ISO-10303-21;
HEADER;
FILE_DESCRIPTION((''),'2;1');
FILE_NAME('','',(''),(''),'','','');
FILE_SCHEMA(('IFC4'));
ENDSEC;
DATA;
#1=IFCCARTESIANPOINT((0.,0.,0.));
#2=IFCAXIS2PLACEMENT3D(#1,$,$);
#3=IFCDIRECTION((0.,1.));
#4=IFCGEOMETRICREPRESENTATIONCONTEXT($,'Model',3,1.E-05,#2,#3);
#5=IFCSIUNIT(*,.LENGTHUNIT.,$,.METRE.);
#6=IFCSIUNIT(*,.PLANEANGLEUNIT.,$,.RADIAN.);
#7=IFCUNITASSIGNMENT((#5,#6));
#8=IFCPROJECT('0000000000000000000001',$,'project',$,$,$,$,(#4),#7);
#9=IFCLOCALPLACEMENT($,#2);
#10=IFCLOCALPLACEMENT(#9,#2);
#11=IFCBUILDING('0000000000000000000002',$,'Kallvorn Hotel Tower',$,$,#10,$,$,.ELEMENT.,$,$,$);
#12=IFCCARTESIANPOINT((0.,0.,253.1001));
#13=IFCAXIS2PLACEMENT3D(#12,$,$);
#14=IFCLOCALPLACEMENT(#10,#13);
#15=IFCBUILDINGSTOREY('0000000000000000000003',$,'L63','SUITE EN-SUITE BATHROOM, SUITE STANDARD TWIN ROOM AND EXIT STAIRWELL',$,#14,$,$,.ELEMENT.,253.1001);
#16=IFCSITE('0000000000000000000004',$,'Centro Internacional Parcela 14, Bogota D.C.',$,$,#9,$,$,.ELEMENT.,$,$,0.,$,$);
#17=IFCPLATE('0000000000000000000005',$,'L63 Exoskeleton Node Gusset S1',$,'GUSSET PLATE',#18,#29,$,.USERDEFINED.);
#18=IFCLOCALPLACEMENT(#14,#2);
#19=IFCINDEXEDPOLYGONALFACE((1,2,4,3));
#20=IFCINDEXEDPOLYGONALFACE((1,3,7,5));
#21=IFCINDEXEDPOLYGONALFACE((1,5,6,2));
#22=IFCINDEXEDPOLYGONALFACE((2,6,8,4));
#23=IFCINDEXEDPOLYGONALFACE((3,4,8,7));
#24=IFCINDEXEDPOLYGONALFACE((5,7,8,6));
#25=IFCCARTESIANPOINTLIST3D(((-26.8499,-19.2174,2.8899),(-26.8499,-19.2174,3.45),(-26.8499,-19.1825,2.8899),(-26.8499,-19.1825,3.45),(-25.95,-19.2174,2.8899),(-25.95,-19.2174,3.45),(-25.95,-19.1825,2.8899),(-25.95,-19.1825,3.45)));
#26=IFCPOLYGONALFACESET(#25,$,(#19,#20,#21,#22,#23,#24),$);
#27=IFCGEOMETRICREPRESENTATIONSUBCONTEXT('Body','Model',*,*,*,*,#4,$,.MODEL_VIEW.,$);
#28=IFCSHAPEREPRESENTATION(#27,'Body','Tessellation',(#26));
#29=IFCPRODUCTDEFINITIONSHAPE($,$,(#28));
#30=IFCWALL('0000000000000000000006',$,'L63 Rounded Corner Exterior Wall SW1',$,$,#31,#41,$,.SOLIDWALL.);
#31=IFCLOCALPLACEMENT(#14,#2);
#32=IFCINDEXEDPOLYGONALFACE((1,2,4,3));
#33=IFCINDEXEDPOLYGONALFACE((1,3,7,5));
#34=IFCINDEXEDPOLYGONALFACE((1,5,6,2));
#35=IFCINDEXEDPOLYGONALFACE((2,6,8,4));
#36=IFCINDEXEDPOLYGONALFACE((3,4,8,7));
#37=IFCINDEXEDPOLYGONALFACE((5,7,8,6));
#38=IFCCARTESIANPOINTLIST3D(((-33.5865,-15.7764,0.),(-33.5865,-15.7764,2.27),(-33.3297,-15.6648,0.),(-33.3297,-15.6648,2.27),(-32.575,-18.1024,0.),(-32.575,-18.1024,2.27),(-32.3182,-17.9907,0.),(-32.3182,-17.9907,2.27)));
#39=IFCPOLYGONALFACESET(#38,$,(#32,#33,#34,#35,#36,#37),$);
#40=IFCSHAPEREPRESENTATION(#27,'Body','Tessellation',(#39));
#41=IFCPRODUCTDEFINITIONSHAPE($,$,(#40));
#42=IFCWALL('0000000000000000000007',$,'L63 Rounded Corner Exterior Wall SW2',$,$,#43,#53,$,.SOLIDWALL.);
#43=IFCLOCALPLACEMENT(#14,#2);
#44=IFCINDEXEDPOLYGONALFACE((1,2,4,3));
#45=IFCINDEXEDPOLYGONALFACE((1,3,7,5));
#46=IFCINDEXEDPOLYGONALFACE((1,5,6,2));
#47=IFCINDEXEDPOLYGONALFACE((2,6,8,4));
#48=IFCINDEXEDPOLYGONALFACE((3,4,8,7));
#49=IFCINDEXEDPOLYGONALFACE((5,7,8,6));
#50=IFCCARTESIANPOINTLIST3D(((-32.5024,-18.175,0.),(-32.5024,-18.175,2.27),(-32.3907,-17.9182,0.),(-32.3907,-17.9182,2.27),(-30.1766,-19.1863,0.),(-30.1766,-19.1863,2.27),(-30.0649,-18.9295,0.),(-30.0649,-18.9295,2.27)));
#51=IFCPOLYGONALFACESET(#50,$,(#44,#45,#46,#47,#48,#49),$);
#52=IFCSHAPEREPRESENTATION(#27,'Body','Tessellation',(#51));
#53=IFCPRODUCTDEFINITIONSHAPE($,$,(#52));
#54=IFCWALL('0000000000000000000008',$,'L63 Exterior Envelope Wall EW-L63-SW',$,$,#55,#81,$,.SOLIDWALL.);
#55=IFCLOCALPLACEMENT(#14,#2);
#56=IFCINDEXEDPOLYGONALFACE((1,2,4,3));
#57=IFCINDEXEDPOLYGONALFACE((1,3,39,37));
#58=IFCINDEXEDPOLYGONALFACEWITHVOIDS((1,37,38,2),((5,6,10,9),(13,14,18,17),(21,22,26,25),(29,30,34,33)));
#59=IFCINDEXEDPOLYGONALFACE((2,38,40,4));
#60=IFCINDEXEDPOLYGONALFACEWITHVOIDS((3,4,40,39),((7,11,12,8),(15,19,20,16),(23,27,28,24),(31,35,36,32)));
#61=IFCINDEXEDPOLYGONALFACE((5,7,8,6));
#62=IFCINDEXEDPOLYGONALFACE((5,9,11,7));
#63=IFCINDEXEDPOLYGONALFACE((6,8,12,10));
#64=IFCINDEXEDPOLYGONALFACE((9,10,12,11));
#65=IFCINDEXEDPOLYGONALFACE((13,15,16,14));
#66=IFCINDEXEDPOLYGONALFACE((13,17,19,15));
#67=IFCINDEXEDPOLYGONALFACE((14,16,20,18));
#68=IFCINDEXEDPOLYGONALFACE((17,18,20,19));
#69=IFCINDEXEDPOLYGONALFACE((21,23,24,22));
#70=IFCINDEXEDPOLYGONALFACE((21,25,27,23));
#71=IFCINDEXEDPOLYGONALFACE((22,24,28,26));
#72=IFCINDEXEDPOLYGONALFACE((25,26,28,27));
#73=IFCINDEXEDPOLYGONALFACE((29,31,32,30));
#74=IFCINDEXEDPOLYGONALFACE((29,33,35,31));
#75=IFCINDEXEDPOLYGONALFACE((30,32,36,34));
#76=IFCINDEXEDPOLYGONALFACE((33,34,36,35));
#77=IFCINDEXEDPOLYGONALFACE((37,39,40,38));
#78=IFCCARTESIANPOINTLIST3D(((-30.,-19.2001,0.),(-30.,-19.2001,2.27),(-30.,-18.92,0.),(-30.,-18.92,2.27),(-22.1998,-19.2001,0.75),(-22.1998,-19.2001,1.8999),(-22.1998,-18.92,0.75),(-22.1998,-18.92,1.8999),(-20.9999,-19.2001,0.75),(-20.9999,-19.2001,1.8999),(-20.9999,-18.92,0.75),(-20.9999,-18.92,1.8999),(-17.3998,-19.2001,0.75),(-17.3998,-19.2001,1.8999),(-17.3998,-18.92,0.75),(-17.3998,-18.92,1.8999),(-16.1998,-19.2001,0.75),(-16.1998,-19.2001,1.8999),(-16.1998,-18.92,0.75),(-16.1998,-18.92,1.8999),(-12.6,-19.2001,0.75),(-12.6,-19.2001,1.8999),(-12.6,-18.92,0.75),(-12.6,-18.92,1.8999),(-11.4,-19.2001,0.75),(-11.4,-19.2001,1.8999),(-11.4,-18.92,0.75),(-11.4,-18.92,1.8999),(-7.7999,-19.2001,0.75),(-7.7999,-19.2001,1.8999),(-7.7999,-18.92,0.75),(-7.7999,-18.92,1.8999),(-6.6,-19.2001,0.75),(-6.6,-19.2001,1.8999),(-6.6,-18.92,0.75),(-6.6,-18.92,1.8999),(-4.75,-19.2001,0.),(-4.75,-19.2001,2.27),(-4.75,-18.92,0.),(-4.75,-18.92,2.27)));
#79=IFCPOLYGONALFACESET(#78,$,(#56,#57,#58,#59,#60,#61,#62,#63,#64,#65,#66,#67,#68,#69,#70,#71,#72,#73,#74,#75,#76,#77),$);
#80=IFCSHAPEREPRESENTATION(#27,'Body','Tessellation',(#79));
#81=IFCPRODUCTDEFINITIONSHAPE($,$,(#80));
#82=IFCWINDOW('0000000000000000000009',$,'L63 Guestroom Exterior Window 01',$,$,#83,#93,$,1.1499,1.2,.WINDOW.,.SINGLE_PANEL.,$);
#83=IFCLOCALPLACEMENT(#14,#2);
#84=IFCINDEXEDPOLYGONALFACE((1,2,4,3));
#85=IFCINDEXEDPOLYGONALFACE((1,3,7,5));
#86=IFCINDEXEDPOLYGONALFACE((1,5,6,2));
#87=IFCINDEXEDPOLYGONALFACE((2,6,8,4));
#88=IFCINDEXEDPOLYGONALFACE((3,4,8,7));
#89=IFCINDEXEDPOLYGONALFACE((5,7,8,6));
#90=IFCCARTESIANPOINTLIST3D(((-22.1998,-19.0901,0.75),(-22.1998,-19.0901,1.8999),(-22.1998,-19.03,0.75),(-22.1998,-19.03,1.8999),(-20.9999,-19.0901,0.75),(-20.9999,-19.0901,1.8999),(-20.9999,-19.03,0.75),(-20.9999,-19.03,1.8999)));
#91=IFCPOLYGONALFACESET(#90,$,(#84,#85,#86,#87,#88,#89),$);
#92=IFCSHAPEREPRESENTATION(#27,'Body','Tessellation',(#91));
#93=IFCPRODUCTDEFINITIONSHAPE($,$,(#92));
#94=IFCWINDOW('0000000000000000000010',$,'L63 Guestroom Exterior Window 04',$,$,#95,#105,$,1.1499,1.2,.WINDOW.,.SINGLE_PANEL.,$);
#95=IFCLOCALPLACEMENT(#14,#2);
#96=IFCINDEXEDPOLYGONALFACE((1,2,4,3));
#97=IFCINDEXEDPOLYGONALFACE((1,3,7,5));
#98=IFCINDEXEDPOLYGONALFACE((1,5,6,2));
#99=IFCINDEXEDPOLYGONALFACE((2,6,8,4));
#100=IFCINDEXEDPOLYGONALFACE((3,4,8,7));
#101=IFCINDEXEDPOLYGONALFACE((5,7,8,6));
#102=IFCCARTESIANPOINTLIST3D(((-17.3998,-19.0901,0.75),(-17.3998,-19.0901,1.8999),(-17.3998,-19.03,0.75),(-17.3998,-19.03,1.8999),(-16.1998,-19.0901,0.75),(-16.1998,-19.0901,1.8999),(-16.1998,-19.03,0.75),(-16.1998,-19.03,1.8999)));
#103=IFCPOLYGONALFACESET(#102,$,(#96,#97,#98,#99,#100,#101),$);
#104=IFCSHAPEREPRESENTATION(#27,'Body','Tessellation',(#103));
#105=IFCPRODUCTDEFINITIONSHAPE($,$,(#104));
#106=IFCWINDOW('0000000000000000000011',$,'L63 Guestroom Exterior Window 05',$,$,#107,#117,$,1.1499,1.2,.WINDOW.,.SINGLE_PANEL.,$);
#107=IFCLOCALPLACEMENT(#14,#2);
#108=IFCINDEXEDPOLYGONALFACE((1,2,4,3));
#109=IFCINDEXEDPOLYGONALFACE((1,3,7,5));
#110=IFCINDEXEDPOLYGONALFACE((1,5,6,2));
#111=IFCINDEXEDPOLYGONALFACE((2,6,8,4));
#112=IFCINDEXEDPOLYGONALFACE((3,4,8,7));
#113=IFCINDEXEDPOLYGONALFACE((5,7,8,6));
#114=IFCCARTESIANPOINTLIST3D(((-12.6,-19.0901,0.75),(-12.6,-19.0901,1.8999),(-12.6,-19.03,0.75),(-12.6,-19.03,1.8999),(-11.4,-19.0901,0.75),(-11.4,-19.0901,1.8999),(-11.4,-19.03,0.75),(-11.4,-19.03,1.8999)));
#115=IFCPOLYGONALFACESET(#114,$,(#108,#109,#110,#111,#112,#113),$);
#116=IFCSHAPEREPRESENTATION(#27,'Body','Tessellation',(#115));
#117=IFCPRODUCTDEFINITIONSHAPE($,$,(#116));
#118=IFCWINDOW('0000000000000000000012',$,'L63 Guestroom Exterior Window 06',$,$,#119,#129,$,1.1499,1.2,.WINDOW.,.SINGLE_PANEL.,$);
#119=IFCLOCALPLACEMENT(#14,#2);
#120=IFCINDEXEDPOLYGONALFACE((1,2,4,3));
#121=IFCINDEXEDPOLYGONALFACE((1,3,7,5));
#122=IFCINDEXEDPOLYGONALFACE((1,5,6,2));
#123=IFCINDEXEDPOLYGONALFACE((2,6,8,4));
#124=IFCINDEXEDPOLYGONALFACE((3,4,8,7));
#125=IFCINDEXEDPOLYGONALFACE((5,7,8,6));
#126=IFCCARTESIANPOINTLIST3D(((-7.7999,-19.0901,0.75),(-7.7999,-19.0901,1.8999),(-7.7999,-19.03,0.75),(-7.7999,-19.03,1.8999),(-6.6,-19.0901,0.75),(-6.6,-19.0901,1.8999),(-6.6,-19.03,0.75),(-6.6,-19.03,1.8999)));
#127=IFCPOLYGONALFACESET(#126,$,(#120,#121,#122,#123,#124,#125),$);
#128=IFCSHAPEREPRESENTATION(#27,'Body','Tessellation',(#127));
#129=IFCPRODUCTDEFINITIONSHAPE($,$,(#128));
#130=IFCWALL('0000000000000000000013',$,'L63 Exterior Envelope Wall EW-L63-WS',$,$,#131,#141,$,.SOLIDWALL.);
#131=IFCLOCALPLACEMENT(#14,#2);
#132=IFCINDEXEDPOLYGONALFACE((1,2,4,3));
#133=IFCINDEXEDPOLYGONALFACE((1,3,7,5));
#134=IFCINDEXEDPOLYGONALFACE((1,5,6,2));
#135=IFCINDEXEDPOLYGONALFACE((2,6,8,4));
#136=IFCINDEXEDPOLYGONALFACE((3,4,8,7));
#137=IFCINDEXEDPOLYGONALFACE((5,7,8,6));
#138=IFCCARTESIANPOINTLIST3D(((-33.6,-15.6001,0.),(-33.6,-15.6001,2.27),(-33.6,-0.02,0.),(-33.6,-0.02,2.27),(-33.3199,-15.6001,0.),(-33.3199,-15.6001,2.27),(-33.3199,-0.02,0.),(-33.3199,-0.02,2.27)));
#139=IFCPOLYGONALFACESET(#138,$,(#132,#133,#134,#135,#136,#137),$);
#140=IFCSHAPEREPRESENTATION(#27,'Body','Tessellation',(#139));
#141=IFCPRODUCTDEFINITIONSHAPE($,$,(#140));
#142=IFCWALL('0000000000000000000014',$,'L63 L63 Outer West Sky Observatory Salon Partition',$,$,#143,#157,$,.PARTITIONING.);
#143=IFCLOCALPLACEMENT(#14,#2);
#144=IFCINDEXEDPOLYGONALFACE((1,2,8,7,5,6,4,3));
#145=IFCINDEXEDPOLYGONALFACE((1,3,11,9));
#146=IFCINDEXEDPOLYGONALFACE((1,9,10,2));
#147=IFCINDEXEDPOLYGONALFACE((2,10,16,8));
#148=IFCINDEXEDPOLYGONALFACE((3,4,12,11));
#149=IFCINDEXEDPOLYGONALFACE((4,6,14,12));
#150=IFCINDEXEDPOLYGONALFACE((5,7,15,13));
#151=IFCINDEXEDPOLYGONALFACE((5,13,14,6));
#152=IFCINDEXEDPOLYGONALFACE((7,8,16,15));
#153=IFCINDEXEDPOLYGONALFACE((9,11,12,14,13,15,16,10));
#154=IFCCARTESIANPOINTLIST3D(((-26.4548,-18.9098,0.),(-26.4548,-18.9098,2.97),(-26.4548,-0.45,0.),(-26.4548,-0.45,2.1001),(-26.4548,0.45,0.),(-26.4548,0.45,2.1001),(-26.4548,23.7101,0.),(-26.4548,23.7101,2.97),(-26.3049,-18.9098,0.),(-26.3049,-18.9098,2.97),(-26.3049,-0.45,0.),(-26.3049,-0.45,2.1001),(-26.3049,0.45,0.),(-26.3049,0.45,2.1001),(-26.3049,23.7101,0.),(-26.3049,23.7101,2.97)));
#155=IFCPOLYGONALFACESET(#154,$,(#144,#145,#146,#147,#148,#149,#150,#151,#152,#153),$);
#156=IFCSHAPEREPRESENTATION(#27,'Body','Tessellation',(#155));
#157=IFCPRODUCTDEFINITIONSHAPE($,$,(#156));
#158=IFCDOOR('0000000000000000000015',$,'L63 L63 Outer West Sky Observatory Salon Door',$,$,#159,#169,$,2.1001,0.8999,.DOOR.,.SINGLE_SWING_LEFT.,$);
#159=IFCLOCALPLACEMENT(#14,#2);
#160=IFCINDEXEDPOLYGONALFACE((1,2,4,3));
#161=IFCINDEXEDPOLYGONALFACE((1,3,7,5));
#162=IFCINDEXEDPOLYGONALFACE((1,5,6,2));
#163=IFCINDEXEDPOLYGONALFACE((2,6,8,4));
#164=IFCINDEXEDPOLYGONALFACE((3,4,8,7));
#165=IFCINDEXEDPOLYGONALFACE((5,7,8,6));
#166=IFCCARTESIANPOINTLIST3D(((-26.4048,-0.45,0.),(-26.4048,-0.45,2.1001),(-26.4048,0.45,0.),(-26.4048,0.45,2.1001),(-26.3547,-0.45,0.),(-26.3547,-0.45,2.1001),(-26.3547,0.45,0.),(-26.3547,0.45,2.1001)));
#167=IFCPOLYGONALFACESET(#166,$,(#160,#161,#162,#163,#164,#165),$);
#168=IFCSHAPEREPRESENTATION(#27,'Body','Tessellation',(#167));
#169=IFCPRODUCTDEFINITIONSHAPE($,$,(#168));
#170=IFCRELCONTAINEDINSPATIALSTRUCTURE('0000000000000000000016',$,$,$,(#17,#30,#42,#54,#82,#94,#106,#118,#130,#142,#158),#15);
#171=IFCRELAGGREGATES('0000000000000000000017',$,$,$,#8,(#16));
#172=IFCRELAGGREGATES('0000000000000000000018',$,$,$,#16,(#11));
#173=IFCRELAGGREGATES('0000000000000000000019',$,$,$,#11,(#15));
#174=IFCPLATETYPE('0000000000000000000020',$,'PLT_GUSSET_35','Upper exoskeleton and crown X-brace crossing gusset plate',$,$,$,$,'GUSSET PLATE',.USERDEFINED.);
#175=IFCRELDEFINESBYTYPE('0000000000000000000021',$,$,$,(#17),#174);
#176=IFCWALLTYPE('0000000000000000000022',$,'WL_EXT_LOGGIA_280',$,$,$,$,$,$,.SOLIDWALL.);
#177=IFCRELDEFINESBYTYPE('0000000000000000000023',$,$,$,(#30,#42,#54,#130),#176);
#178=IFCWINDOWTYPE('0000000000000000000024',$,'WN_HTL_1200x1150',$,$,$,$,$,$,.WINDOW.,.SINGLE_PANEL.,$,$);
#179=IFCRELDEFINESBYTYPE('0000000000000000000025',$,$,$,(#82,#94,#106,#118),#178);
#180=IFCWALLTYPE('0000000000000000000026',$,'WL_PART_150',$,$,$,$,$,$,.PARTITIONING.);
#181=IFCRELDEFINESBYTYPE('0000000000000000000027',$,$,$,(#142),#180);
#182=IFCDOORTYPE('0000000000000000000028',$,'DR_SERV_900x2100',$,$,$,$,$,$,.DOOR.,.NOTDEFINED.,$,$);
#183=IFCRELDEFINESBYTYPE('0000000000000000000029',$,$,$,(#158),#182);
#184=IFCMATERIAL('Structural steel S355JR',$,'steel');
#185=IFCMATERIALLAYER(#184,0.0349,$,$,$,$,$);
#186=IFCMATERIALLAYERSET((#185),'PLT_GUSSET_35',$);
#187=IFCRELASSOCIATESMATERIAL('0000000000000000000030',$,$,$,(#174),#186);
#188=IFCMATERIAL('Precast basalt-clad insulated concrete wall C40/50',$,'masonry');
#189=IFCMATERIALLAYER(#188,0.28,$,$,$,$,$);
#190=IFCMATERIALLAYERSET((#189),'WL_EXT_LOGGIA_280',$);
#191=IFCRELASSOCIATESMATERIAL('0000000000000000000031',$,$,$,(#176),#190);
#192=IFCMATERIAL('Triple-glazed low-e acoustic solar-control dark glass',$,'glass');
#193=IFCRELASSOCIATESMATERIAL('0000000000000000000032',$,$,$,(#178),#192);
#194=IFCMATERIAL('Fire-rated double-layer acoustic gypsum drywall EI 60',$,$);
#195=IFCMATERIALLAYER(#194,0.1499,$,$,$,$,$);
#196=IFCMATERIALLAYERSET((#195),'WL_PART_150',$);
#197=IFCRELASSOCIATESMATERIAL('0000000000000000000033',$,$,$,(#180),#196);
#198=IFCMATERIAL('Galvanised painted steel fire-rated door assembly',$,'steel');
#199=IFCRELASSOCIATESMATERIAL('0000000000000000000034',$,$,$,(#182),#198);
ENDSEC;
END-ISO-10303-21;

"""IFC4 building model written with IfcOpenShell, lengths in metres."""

from ifc_helpers import new_model, si_unit, direction, frame, frame_2d, origin, origin_2d, place, context, subcontext, project, spatial, rectangle, extrude, material, layer, layer_set, type_object, element, fill, save


model = new_model("IFC4")

# Units and contexts
model_context = context("Model", 3, precision=1e-05, world=origin(), true_north=direction((0.0, 1.0)))
body_context = subcontext(model_context, "Body", "Model", "MODEL_VIEW")
ifc_project = project(units=[si_unit("LENGTHUNIT", "METRE"), si_unit("PLANEANGLEUNIT", "RADIAN")], contexts=[model_context])

# Site, building, storey
site_placement = place(None, origin())
site = spatial("IfcSite", under=ifc_project, at=site_placement, Name="Centro Internacional Parcela 14, Bogota D.C.", CompositionType="ELEMENT", RefElevation=0.0)
building_placement = place(site_placement, origin())
building = spatial("IfcBuilding", under=site, at=building_placement, Name="Kallvorn Hotel Tower", CompositionType="ELEMENT")
storey_placement = place(building_placement, frame((0.0, 0.0, 253.1001)))
storey = spatial("IfcBuildingStorey", under=building, at=storey_placement, Name="L63", Description="SUITE EN-SUITE BATHROOM, SUITE STANDARD TWIN ROOM AND EXIT STAIRWELL", CompositionType="ELEMENT", Elevation=253.1001)

# Plate
ifc_material_1 = material(Name="Structural steel S355JR", Category="steel")
ifc_layer_1 = layer(ifc_material_1, 0.0349)
ifc_layer_set_1 = layer_set([ifc_layer_1], Name="PLT_GUSSET_35")
plate_type_1 = type_object("IfcPlateType", Name="PLT_GUSSET_35", Description="Upper exoskeleton and crown X-brace crossing gusset plate", ElementType="GUSSET PLATE", PredefinedType="USERDEFINED", material=ifc_layer_set_1)
plate_1_placement = place(storey_placement, frame((-26.3999, -19.2, 2.8899), z_axis=(0.0, 0.0, 1.0), x_axis=(1.0, 0.0, 0.0)))
element("IfcPlate", 1, at=plate_1_placement, inside=storey, type_object=plate_type_1, Name="L63 Exoskeleton Node Gusset S1", ObjectType="GUSSET PLATE", PredefinedType="USERDEFINED", context=body_context, shape_type="SweptSolid", body=[
    extrude(rectangle(XDim=0.8999, YDim=0.0349, at=origin_2d()), origin(), (0.0, 0.0, 1.0), 0.5601),
])

# Walls
ifc_material_2 = material(Name="Precast basalt-clad insulated concrete wall C40/50", Category="masonry")
ifc_layer_2 = layer(ifc_material_2, 0.28)
ifc_layer_set_2 = layer_set([ifc_layer_2], Name="WL_EXT_LOGGIA_280")
wall_type_1 = type_object("IfcWallType", Name="WL_EXT_LOGGIA_280", PredefinedType="SOLIDWALL", material=ifc_layer_set_2)
wall_1_placement = place(storey_placement, frame((-33.458, -15.7207, 0.0), z_axis=(0.0, 0.0, 1.0), x_axis=(0.398793, -0.917041, 0.0)))
element("IfcWall", 2, at=wall_1_placement, inside=storey, type_object=wall_type_1, Name="L63 Rounded Corner Exterior Wall SW1", PredefinedType="SOLIDWALL", context=body_context, shape_type="SweptSolid", body=[
    extrude(rectangle(XDim=2.5364, YDim=0.28, at=frame_2d((1.2681, 0.0))), origin(), (0.0, 0.0, 1.0), 2.27),
])
wall_2_placement = place(storey_placement, frame((-32.4465, -18.0466, 0.0), z_axis=(0.0, 0.0, 1.0), x_axis=(0.917061, -0.398747, 0.0)))
element("IfcWall", 3, at=wall_2_placement, inside=storey, type_object=wall_type_1, Name="L63 Rounded Corner Exterior Wall SW2", PredefinedType="SOLIDWALL", context=body_context, shape_type="SweptSolid", body=[
    extrude(rectangle(XDim=2.5361, YDim=0.28, at=frame_2d((1.2681, 0.0))), origin(), (0.0, 0.0, 1.0), 2.27),
])

# Wall, openings, windows
wall_3_placement = place(storey_placement, frame((-30.0, -19.0601, 0.0), z_axis=(0.0, 0.0, 1.0), x_axis=(1.0, 0.0, 0.0)))
wall_3 = element("IfcWall", 4, at=wall_3_placement, inside=storey, type_object=wall_type_1, Name="L63 Exterior Envelope Wall EW-L63-SW", PredefinedType="SOLIDWALL", context=body_context, shape_type="SweptSolid", body=[
    extrude(rectangle(XDim=25.25, YDim=0.28, at=frame_2d((12.625, 0.0))), origin(), (0.0, 0.0, 1.0), 2.27),
])
opening_1_placement = place(wall_3_placement, frame((7.8, 0.0, 0.75)))
opening_1 = element("IfcOpeningElement", 5, at=opening_1_placement, cuts=wall_3, PredefinedType="OPENING", context=body_context, shape_type="SweptSolid", body=[
    extrude(rectangle(XDim=1.2, YDim=1.1499, at=frame_2d((0.6001, 0.575))), frame((0.0, 0.155, 0.0), z_axis=(0.0, -1.0, 0.0), x_axis=(1.0, 0.0, 0.0)), (0.0, 0.0, 1.0), 0.3101),
])
opening_2_placement = place(wall_3_placement, frame((12.6001, 0.0, 0.75)))
opening_2 = element("IfcOpeningElement", 6, at=opening_2_placement, cuts=wall_3, PredefinedType="OPENING", context=body_context, shape_type="SweptSolid", body=[
    extrude(rectangle(XDim=1.2, YDim=1.1499, at=frame_2d((0.6001, 0.575))), frame((0.0, 0.155, 0.0), z_axis=(0.0, -1.0, 0.0), x_axis=(1.0, 0.0, 0.0)), (0.0, 0.0, 1.0), 0.3101),
])
opening_3_placement = place(wall_3_placement, frame((17.3999, 0.0, 0.75)))
opening_3 = element("IfcOpeningElement", 7, at=opening_3_placement, cuts=wall_3, PredefinedType="OPENING", context=body_context, shape_type="SweptSolid", body=[
    extrude(rectangle(XDim=1.2, YDim=1.1499, at=frame_2d((0.6001, 0.575))), frame((0.0, 0.155, 0.0), z_axis=(0.0, -1.0, 0.0), x_axis=(1.0, 0.0, 0.0)), (0.0, 0.0, 1.0), 0.3101),
])
opening_4_placement = place(wall_3_placement, frame((22.2, 0.0, 0.75)))
opening_4 = element("IfcOpeningElement", 8, at=opening_4_placement, cuts=wall_3, PredefinedType="OPENING", context=body_context, shape_type="SweptSolid", body=[
    extrude(rectangle(XDim=1.2, YDim=1.1499, at=frame_2d((0.6001, 0.575))), frame((0.0, 0.155, 0.0), z_axis=(0.0, -1.0, 0.0), x_axis=(1.0, 0.0, 0.0)), (0.0, 0.0, 1.0), 0.3101),
])
ifc_material_3 = material(Name="Triple-glazed low-e acoustic solar-control dark glass", Category="glass")
window_type = type_object("IfcWindowType", Name="WN_HTL_1200x1150", PartitioningType="SINGLE_PANEL", PredefinedType="WINDOW", material=ifc_material_3)
window_1_placement = place(opening_1_placement, origin())
window_1 = element("IfcWindow", 9, at=window_1_placement, inside=storey, type_object=window_type, Name="L63 Guestroom Exterior Window 01", OverallHeight=1.1499, OverallWidth=1.2, PartitioningType="SINGLE_PANEL", PredefinedType="WINDOW", context=body_context, shape_type="SweptSolid", body=[
    extrude(rectangle(XDim=1.2, YDim=1.1499, at=frame_2d((0.6001, 0.575))), frame((0.0, 0.03, 0.0), z_axis=(0.0, -1.0, 0.0), x_axis=(1.0, 0.0, 0.0)), (0.0, 0.0, 1.0), 0.0601),
])
fill(opening_1, window_1)
window_2_placement = place(opening_2_placement, origin())
window_2 = element("IfcWindow", 10, at=window_2_placement, inside=storey, type_object=window_type, Name="L63 Guestroom Exterior Window 04", OverallHeight=1.1499, OverallWidth=1.2, PartitioningType="SINGLE_PANEL", PredefinedType="WINDOW", context=body_context, shape_type="SweptSolid", body=[
    extrude(rectangle(XDim=1.2, YDim=1.1499, at=frame_2d((0.6001, 0.575))), frame((0.0, 0.03, 0.0), z_axis=(0.0, -1.0, 0.0), x_axis=(1.0, 0.0, 0.0)), (0.0, 0.0, 1.0), 0.0601),
])
fill(opening_2, window_2)
window_3_placement = place(opening_3_placement, origin())
window_3 = element("IfcWindow", 11, at=window_3_placement, inside=storey, type_object=window_type, Name="L63 Guestroom Exterior Window 05", OverallHeight=1.1499, OverallWidth=1.2, PartitioningType="SINGLE_PANEL", PredefinedType="WINDOW", context=body_context, shape_type="SweptSolid", body=[
    extrude(rectangle(XDim=1.2, YDim=1.1499, at=frame_2d((0.6001, 0.575))), frame((0.0, 0.03, 0.0), z_axis=(0.0, -1.0, 0.0), x_axis=(1.0, 0.0, 0.0)), (0.0, 0.0, 1.0), 0.0601),
])
fill(opening_3, window_3)
window_4_placement = place(opening_4_placement, origin())
window_4 = element("IfcWindow", 12, at=window_4_placement, inside=storey, type_object=window_type, Name="L63 Guestroom Exterior Window 06", OverallHeight=1.1499, OverallWidth=1.2, PartitioningType="SINGLE_PANEL", PredefinedType="WINDOW", context=body_context, shape_type="SweptSolid", body=[
    extrude(rectangle(XDim=1.2, YDim=1.1499, at=frame_2d((0.6001, 0.575))), frame((0.0, 0.03, 0.0), z_axis=(0.0, -1.0, 0.0), x_axis=(1.0, 0.0, 0.0)), (0.0, 0.0, 1.0), 0.0601),
])
fill(opening_4, window_4)

# Wall
wall_4_placement = place(storey_placement, frame((-33.46, -15.6001, 0.0), z_axis=(0.0, 0.0, 1.0), x_axis=(0.0, 1.0, 0.0)))
element("IfcWall", 13, at=wall_4_placement, inside=storey, type_object=wall_type_1, Name="L63 Exterior Envelope Wall EW-L63-WS", PredefinedType="SOLIDWALL", context=body_context, shape_type="SweptSolid", body=[
    extrude(rectangle(XDim=15.5801, YDim=0.28, at=frame_2d((7.79, 0.0))), origin(), (0.0, 0.0, 1.0), 2.27),
])

# Wall, opening, door
ifc_material_4 = material(Name="Fire-rated double-layer acoustic gypsum drywall EI 60")
ifc_layer_3 = layer(ifc_material_4, 0.1499)
ifc_layer_set_3 = layer_set([ifc_layer_3], Name="WL_PART_150")
wall_type_2 = type_object("IfcWallType", Name="WL_PART_150", PredefinedType="PARTITIONING", material=ifc_layer_set_3)
wall_5_placement = place(storey_placement, frame((-26.3799, -18.9099, 0.0), z_axis=(0.0, 0.0, 1.0), x_axis=(0.0, 1.0, 0.0)))
wall_5 = element("IfcWall", 14, at=wall_5_placement, inside=storey, type_object=wall_type_2, Name="L63 L63 Outer West Sky Observatory Salon Partition", PredefinedType="PARTITIONING", context=body_context, shape_type="SweptSolid", body=[
    extrude(rectangle(XDim=42.6199, YDim=0.1499, at=frame_2d((21.3101, 0.0))), origin(), (0.0, 0.0, 1.0), 2.97),
])
opening_5_placement = place(wall_5_placement, frame((18.46, 0.0, 0.0)))
opening_5 = element("IfcOpeningElement", 15, at=opening_5_placement, cuts=wall_5, PredefinedType="OPENING", context=body_context, shape_type="SweptSolid", body=[
    extrude(rectangle(XDim=0.8999, YDim=2.1001, at=frame_2d((0.45, 1.05))), frame((0.0, 0.0898, 0.0), z_axis=(0.0, -1.0, 0.0), x_axis=(1.0, 0.0, 0.0)), (0.0, 0.0, 1.0), 0.1799),
])
ifc_material_5 = material(Name="Galvanised painted steel fire-rated door assembly", Category="steel")
door_type = type_object("IfcDoorType", Name="DR_SERV_900x2100", OperationType="NOTDEFINED", PredefinedType="DOOR", material=ifc_material_5)
door_placement = place(opening_5_placement, origin())
door = element("IfcDoor", 16, at=door_placement, inside=storey, type_object=door_type, Name="L63 L63 Outer West Sky Observatory Salon Door", OperationType="SINGLE_SWING_LEFT", OverallHeight=2.1001, OverallWidth=0.8999, PredefinedType="DOOR", context=body_context, shape_type="SweptSolid", body=[
    extrude(rectangle(XDim=0.8999, YDim=2.1001, at=frame_2d((0.45, 1.05))), frame((0.0, 0.0249, 0.0), z_axis=(0.0, -1.0, 0.0), x_axis=(1.0, 0.0, 0.0)), (0.0, 0.0, 1.0), 0.05),
])
fill(opening_5, door)

save(model, "model.ifc")
